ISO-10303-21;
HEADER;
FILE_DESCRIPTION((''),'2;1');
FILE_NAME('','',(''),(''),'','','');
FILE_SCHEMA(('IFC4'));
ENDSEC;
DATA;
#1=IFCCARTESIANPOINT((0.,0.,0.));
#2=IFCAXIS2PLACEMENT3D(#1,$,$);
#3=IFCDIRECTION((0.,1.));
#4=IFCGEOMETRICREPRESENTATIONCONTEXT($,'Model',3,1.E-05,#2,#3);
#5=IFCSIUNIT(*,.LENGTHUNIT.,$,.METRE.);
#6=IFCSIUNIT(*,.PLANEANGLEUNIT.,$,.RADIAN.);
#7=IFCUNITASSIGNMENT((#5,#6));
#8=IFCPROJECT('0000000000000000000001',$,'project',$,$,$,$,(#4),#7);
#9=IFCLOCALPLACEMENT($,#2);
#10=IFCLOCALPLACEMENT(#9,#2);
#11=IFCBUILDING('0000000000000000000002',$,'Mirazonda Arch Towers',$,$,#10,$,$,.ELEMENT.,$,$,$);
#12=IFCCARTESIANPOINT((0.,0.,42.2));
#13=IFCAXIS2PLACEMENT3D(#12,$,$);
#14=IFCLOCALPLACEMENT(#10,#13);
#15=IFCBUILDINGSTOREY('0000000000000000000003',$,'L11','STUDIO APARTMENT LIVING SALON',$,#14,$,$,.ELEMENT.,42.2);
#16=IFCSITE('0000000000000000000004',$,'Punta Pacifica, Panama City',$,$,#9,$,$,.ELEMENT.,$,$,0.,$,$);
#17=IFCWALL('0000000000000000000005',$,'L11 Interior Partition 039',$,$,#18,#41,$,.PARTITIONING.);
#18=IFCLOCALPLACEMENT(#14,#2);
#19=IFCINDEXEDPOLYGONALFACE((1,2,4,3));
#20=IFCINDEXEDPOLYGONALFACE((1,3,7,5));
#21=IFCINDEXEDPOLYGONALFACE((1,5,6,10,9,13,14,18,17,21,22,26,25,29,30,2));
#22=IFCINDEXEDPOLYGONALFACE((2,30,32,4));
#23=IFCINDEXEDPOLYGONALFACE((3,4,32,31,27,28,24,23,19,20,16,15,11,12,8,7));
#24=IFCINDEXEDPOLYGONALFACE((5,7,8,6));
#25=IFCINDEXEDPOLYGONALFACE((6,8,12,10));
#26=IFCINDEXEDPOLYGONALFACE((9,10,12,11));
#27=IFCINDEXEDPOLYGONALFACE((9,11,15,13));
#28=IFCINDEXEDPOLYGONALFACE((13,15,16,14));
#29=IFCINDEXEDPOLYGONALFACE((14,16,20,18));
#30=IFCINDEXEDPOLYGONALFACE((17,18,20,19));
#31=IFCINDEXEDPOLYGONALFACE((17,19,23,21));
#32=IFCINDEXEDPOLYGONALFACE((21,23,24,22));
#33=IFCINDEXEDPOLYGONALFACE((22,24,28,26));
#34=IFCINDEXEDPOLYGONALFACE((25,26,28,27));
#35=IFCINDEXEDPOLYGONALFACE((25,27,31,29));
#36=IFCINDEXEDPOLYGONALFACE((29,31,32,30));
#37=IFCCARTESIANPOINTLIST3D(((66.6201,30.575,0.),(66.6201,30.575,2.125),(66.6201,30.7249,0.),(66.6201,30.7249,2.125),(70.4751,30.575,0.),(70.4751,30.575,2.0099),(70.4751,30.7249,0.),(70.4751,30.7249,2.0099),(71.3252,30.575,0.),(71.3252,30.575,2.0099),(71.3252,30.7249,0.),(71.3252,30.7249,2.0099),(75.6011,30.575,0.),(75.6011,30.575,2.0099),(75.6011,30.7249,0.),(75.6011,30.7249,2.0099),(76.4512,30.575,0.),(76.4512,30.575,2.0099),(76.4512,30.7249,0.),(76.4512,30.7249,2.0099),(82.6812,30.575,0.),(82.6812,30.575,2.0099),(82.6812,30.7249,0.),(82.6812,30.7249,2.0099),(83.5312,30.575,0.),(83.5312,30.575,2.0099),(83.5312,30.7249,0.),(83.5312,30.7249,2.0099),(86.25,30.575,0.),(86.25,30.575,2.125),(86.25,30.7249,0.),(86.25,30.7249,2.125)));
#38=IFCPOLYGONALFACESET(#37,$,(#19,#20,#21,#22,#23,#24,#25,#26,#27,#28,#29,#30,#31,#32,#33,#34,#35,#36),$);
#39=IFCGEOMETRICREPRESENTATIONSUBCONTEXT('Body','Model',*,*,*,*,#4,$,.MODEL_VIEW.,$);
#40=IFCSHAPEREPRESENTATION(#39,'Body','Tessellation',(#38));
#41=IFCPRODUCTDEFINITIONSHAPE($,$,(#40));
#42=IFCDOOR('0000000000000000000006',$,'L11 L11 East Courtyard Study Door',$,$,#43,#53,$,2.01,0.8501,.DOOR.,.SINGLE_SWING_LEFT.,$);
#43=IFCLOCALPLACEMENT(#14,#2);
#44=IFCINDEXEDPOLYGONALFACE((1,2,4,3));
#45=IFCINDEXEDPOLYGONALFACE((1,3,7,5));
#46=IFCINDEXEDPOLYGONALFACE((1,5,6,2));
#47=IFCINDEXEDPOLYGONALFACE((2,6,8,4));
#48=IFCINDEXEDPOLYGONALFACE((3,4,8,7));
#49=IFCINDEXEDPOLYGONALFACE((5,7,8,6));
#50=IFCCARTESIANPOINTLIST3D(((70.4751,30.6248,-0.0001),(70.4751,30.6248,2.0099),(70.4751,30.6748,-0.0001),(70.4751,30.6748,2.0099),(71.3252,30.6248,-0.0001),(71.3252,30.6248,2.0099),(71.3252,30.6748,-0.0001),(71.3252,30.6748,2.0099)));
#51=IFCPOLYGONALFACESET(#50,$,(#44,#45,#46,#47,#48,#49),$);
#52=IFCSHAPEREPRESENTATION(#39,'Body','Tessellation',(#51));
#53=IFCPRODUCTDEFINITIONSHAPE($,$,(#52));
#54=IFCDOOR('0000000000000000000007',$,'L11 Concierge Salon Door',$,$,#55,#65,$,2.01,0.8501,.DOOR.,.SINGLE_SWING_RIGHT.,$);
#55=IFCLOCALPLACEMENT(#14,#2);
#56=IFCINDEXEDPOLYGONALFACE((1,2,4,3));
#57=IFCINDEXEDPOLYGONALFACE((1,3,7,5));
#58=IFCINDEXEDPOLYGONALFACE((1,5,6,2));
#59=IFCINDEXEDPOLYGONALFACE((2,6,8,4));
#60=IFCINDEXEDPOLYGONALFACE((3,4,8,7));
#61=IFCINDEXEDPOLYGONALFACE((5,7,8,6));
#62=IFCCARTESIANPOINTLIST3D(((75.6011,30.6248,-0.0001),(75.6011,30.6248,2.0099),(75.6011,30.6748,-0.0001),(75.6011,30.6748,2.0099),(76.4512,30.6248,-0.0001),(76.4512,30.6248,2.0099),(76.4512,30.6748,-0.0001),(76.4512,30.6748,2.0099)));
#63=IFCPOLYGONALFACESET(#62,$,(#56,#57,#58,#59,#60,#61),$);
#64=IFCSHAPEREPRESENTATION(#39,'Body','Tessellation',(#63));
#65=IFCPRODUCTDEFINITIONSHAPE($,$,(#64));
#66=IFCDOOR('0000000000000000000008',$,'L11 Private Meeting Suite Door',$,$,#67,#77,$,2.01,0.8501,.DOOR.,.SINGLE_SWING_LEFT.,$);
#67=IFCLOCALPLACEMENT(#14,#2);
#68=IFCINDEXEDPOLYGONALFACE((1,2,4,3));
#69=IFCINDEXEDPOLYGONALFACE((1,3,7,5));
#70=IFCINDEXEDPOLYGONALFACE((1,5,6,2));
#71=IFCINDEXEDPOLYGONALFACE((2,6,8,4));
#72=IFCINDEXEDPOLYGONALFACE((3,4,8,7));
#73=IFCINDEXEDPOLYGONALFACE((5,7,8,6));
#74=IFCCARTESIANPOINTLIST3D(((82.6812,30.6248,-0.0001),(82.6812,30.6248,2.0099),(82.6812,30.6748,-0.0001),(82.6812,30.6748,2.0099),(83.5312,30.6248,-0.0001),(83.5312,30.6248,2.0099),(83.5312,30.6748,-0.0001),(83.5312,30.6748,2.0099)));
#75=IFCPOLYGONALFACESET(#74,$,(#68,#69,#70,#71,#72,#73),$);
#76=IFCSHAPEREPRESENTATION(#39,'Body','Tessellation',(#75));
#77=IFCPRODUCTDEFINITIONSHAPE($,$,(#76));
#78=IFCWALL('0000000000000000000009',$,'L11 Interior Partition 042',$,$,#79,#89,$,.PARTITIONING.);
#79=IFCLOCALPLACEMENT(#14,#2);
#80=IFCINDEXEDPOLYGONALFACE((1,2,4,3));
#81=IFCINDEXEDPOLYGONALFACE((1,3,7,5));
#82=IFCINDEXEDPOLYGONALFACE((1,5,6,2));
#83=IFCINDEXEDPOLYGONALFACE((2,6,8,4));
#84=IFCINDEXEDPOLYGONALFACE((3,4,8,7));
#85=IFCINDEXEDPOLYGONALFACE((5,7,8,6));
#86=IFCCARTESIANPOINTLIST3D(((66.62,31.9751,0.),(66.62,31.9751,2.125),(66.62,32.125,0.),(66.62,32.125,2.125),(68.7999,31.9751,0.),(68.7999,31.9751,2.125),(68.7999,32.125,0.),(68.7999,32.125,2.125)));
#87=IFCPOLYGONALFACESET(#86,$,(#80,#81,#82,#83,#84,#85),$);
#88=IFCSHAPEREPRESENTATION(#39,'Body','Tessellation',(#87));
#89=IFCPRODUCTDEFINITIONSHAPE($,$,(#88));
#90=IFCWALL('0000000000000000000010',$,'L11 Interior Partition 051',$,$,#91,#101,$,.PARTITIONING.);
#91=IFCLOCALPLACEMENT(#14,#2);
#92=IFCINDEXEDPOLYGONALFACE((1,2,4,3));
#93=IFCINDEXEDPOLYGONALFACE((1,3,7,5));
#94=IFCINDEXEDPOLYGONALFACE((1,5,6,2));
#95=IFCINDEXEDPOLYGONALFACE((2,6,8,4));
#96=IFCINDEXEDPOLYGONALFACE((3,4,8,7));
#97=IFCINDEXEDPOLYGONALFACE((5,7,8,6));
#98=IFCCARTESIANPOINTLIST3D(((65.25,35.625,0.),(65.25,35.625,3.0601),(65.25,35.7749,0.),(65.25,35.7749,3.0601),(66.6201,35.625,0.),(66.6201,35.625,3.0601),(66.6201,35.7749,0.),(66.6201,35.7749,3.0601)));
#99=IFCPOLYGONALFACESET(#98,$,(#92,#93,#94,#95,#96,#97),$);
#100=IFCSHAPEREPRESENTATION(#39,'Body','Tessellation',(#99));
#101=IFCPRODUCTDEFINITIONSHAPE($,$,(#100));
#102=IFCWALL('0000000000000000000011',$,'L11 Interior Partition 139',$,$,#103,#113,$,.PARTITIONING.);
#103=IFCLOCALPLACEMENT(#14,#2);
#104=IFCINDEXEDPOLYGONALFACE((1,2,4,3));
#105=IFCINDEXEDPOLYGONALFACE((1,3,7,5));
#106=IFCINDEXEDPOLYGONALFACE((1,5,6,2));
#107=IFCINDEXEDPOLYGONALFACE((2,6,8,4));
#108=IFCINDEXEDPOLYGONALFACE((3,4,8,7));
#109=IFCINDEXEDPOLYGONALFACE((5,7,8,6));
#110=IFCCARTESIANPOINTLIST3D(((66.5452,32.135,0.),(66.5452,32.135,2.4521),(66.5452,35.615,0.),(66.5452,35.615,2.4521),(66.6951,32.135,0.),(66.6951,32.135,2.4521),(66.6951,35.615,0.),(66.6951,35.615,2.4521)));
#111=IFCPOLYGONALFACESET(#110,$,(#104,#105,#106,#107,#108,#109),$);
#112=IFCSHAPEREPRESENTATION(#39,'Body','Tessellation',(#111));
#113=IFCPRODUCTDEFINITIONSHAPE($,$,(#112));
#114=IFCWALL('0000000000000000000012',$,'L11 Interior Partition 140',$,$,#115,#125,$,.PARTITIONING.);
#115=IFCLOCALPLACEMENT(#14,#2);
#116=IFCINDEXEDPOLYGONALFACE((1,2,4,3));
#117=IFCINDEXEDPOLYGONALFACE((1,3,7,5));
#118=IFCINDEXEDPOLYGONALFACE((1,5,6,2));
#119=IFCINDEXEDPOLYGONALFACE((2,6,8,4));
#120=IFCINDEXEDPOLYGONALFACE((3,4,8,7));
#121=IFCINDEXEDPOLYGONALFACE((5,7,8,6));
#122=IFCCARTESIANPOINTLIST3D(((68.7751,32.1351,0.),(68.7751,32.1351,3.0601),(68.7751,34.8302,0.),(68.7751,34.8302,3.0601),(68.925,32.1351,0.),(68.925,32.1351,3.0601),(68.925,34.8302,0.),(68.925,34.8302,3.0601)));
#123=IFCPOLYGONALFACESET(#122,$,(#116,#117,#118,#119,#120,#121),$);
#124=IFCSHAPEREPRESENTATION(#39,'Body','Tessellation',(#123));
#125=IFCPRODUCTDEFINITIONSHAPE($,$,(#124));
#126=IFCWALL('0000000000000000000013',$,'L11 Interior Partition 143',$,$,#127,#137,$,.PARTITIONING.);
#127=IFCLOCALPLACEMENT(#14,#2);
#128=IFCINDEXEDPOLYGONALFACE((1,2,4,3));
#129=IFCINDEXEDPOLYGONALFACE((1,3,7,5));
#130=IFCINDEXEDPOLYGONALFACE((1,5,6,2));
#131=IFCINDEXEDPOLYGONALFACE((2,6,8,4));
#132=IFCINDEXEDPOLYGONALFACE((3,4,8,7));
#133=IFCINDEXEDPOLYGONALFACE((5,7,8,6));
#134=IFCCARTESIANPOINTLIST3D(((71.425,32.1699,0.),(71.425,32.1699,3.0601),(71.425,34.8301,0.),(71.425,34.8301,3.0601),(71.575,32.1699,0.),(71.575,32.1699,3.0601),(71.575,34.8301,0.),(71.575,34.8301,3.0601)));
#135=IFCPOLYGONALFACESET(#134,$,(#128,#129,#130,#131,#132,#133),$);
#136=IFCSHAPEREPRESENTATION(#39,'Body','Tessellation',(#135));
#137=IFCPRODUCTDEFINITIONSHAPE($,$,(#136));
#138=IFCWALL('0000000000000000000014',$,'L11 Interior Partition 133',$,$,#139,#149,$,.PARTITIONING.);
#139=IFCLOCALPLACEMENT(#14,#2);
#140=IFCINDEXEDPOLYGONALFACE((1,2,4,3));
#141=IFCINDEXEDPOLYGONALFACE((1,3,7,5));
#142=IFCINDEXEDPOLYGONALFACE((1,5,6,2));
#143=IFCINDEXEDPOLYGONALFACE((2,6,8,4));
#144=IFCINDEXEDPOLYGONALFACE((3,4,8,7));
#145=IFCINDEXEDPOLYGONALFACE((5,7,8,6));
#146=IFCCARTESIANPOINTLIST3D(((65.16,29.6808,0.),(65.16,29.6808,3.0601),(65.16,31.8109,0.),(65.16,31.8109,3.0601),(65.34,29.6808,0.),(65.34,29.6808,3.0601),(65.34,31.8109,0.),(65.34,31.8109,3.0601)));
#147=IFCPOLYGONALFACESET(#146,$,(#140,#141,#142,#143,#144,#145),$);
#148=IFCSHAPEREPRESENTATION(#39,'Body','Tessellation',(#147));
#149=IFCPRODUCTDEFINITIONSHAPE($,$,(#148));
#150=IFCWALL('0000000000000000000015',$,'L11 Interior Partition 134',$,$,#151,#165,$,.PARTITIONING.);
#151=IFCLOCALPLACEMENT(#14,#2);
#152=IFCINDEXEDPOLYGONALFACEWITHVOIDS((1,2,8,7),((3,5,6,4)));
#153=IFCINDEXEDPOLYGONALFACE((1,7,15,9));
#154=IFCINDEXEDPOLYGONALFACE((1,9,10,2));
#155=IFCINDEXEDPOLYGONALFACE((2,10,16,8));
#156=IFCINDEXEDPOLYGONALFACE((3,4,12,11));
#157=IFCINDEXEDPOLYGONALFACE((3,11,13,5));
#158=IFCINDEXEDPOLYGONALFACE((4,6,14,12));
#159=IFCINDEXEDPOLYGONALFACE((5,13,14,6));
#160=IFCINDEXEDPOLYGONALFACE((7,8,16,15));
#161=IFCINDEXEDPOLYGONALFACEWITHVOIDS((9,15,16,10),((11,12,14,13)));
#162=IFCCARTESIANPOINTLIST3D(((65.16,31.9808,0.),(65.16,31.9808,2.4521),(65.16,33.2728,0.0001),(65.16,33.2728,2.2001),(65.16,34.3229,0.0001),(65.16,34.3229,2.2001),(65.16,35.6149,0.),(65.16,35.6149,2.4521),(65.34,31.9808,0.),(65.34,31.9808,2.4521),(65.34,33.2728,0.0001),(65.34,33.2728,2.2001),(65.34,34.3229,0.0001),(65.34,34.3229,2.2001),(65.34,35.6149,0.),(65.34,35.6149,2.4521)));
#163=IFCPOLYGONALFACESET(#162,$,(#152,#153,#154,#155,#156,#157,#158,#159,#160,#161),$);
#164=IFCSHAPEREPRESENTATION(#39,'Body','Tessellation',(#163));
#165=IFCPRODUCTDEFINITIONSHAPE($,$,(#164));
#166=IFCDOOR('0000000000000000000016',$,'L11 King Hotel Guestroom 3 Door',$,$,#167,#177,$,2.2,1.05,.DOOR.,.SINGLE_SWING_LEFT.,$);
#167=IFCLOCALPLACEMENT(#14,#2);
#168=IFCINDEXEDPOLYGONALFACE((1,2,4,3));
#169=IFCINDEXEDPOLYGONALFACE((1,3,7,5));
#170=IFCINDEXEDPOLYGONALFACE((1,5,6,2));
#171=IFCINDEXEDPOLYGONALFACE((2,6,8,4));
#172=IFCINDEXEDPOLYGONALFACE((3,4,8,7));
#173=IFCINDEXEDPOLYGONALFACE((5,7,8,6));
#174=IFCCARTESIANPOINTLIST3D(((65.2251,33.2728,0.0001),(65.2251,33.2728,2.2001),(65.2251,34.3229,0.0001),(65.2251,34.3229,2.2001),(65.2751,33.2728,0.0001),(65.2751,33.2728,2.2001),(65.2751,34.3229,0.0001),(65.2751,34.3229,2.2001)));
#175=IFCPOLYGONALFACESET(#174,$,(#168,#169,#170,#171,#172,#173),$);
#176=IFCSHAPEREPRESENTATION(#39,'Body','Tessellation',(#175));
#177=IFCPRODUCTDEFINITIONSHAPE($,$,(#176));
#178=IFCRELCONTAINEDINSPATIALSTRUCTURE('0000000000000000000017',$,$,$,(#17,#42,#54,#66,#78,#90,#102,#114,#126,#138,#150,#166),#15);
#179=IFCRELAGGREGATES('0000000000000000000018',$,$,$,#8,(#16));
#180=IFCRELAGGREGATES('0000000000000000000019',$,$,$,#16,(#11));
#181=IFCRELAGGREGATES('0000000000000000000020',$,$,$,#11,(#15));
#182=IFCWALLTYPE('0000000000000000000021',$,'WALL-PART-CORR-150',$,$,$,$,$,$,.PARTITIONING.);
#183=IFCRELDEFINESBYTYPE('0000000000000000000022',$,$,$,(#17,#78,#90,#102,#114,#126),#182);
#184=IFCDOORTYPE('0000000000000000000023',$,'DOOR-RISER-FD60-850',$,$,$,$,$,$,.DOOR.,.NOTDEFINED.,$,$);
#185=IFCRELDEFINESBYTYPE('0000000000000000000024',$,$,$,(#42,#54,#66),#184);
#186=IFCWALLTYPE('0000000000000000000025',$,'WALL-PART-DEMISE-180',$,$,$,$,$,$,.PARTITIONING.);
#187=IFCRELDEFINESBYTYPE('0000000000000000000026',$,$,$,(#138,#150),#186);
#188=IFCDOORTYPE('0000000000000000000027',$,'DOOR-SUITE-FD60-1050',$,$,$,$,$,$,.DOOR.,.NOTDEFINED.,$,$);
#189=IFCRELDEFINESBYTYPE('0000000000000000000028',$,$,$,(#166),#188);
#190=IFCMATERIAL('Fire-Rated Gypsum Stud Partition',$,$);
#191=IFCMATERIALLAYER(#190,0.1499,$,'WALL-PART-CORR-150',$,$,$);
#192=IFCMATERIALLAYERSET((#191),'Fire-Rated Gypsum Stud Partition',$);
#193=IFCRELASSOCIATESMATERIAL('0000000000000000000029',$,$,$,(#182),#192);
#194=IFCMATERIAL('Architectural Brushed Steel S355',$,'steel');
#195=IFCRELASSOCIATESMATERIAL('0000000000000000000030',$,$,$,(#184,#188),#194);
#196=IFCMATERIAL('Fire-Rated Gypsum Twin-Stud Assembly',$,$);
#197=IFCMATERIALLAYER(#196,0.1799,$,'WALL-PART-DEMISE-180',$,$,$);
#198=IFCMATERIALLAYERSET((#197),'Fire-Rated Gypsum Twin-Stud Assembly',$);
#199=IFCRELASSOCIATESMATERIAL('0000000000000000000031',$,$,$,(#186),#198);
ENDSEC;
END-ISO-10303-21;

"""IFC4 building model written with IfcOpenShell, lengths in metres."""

from ifc_helpers import new_model, si_unit, direction, frame, frame_2d, origin, place, context, subcontext, project, spatial, rectangle, extrude, material, layer, layer_set, type_object, element, fill, save


model = new_model("IFC4")

# Units and contexts
model_context = context("Model", 3, precision=1e-05, world=origin(), true_north=direction((0.0, 1.0)))
body_context = subcontext(model_context, "Body", "Model", "MODEL_VIEW")
ifc_project = project(units=[si_unit("LENGTHUNIT", "METRE"), si_unit("PLANEANGLEUNIT", "RADIAN")], contexts=[model_context])

# Site, building, storey
site_placement = place(None, origin())
site = spatial("IfcSite", under=ifc_project, at=site_placement, Name="Punta Pacifica, Panama City", CompositionType="ELEMENT", RefElevation=0.0)
building_placement = place(site_placement, origin())
building = spatial("IfcBuilding", under=site, at=building_placement, Name="Mirazonda Arch Towers", CompositionType="ELEMENT")
storey_placement = place(building_placement, frame((0.0, 0.0, 42.2)))
storey = spatial("IfcBuildingStorey", under=building, at=storey_placement, Name="L11", Description="STUDIO APARTMENT LIVING SALON", CompositionType="ELEMENT", Elevation=42.2)

# Wall, openings, doors
ifc_material_1 = material(Name="Architectural Brushed Steel S355", Category="steel")
ifc_material_2 = material(Name="Fire-Rated Gypsum Stud Partition")
ifc_layer_1 = layer(ifc_material_2, 0.1499, Name="WALL-PART-CORR-150")
ifc_layer_set_1 = layer_set([ifc_layer_1], Name="Fire-Rated Gypsum Stud Partition")
wall_type_1 = type_object("IfcWallType", Name="WALL-PART-CORR-150", PredefinedType="PARTITIONING", material=ifc_layer_set_1)
wall_1_placement = place(storey_placement, frame((66.6201, 30.6499, 0.0), z_axis=(0.0, 0.0, 1.0), x_axis=(1.0, 0.0, 0.0)))
wall_1 = element("IfcWall", 1, at=wall_1_placement, inside=storey, type_object=wall_type_1, Name="L11 Interior Partition 039", PredefinedType="PARTITIONING", context=body_context, shape_type="SweptSolid", body=[
    extrude(rectangle(XDim=19.6299, YDim=0.1499, at=frame_2d((9.8149, 0.0))), origin(), (0.0, 0.0, 1.0), 2.125),
])
opening_1_placement = place(wall_1_placement, frame((3.855, 0.0, 0.0)))
opening_1 = element("IfcOpeningElement", 2, at=opening_1_placement, cuts=wall_1, PredefinedType="OPENING", context=body_context, shape_type="SweptSolid", body=[
    extrude(rectangle(XDim=0.8501, YDim=2.01, at=frame_2d((0.425, 1.0049))), frame((0.0, 0.085, 0.0), z_axis=(0.0, -1.0, 0.0), x_axis=(1.0, 0.0, 0.0)), (0.0, 0.0, 1.0), 0.1699),
])
opening_2_placement = place(wall_1_placement, frame((8.981, 0.0, 0.0)))
opening_2 = element("IfcOpeningElement", 3, at=opening_2_placement, cuts=wall_1, PredefinedType="OPENING", context=body_context, shape_type="SweptSolid", body=[
    extrude(rectangle(XDim=0.8501, YDim=2.01, at=frame_2d((0.425, 1.0049))), frame((0.0, 0.085, 0.0), z_axis=(0.0, -1.0, 0.0), x_axis=(1.0, 0.0, 0.0)), (0.0, 0.0, 1.0), 0.1699),
])
opening_3_placement = place(wall_1_placement, frame((16.061, 0.0, 0.0)))
opening_3 = element("IfcOpeningElement", 4, at=opening_3_placement, cuts=wall_1, PredefinedType="OPENING", context=body_context, shape_type="SweptSolid", body=[
    extrude(rectangle(XDim=0.8501, YDim=2.01, at=frame_2d((0.425, 1.0049))), frame((0.0, 0.085, 0.0), z_axis=(0.0, -1.0, 0.0), x_axis=(1.0, 0.0, 0.0)), (0.0, 0.0, 1.0), 0.1699),
])
door_type_1 = type_object("IfcDoorType", Name="DOOR-RISER-FD60-850", OperationType="NOTDEFINED", PredefinedType="DOOR", material=ifc_material_1)
door_1_placement = place(opening_1_placement, origin())
door_1 = element("IfcDoor", 5, at=door_1_placement, inside=storey, type_object=door_type_1, Name="L11 L11 East Courtyard Study Door", OperationType="SINGLE_SWING_LEFT", OverallHeight=2.01, OverallWidth=0.8501, PredefinedType="DOOR", context=body_context, shape_type="SweptSolid", body=[
    extrude(rectangle(XDim=0.8501, YDim=2.01, at=frame_2d((0.425, 1.0049))), frame((0.0, 0.0249, 0.0), z_axis=(0.0, -1.0, 0.0), x_axis=(1.0, 0.0, 0.0)), (0.0, 0.0, 1.0), 0.05),
])
fill(opening_1, door_1)
door_2_placement = place(opening_2_placement, origin())
door_2 = element("IfcDoor", 6, at=door_2_placement, inside=storey, type_object=door_type_1, Name="L11 Concierge Salon Door", OperationType="SINGLE_SWING_RIGHT", OverallHeight=2.01, OverallWidth=0.8501, PredefinedType="DOOR", context=body_context, shape_type="SweptSolid", body=[
    extrude(rectangle(XDim=0.8501, YDim=2.01, at=frame_2d((0.425, 1.0049))), frame((0.0, 0.0249, 0.0), z_axis=(0.0, -1.0, 0.0), x_axis=(1.0, 0.0, 0.0)), (0.0, 0.0, 1.0), 0.05),
])
fill(opening_2, door_2)
door_3_placement = place(opening_3_placement, origin())
door_3 = element("IfcDoor", 7, at=door_3_placement, inside=storey, type_object=door_type_1, Name="L11 Private Meeting Suite Door", OperationType="SINGLE_SWING_LEFT", OverallHeight=2.01, OverallWidth=0.8501, PredefinedType="DOOR", context=body_context, shape_type="SweptSolid", body=[
    extrude(rectangle(XDim=0.8501, YDim=2.01, at=frame_2d((0.425, 1.0049))), frame((0.0, 0.0249, 0.0), z_axis=(0.0, -1.0, 0.0), x_axis=(1.0, 0.0, 0.0)), (0.0, 0.0, 1.0), 0.05),
])
fill(opening_3, door_3)

# Walls
wall_2_placement = place(storey_placement, frame((66.6201, 32.05, 0.0), z_axis=(0.0, 0.0, 1.0), x_axis=(1.0, 0.0, 0.0)))
element("IfcWall", 8, at=wall_2_placement, inside=storey, type_object=wall_type_1, Name="L11 Interior Partition 042", PredefinedType="PARTITIONING", context=body_context, shape_type="SweptSolid", body=[
    extrude(rectangle(XDim=2.1799, YDim=0.1499, at=frame_2d((1.0898, 0.0))), origin(), (0.0, 0.0, 1.0), 2.125),
])
wall_3_placement = place(storey_placement, frame((65.25, 35.7, 0.0), z_axis=(0.0, 0.0, 1.0), x_axis=(1.0, 0.0, 0.0)))
element("IfcWall", 9, at=wall_3_placement, inside=storey, type_object=wall_type_1, Name="L11 Interior Partition 051", PredefinedType="PARTITIONING", context=body_context, shape_type="SweptSolid", body=[
    extrude(rectangle(XDim=1.3701, YDim=0.1499, at=frame_2d((0.6851, 0.0))), origin(), (0.0, 0.0, 1.0), 3.0601),
])
wall_4_placement = place(storey_placement, frame((66.6201, 32.135, 0.0), z_axis=(0.0, 0.0, 1.0), x_axis=(0.0, 1.0, 0.0)))
element("IfcWall", 10, at=wall_4_placement, inside=storey, type_object=wall_type_1, Name="L11 Interior Partition 139", PredefinedType="PARTITIONING", context=body_context, shape_type="SweptSolid", body=[
    extrude(rectangle(XDim=3.48, YDim=0.1499, at=frame_2d((1.74, 0.0))), origin(), (0.0, 0.0, 1.0), 2.4521),
])
wall_5_placement = place(storey_placement, frame((68.8501, 32.135, 0.0), z_axis=(0.0, 0.0, 1.0), x_axis=(0.0, 1.0, 0.0)))
element("IfcWall", 11, at=wall_5_placement, inside=storey, type_object=wall_type_1, Name="L11 Interior Partition 140", PredefinedType="PARTITIONING", context=body_context, shape_type="SweptSolid", body=[
    extrude(rectangle(XDim=2.6951, YDim=0.1499, at=frame_2d((1.3477, 0.0))), origin(), (0.0, 0.0, 1.0), 3.0601),
])
wall_6_placement = place(storey_placement, frame((71.5, 32.1699, 0.0), z_axis=(0.0, 0.0, 1.0), x_axis=(0.0, 1.0, 0.0)))
element("IfcWall", 12, at=wall_6_placement, inside=storey, type_object=wall_type_1, Name="L11 Interior Partition 143", PredefinedType="PARTITIONING", context=body_context, shape_type="SweptSolid", body=[
    extrude(rectangle(XDim=2.6602, YDim=0.1499, at=frame_2d((1.3301, 0.0))), origin(), (0.0, 0.0, 1.0), 3.0601),
])
ifc_material_3 = material(Name="Fire-Rated Gypsum Twin-Stud Assembly")
ifc_layer_2 = layer(ifc_material_3, 0.1799, Name="WALL-PART-DEMISE-180")
ifc_layer_set_2 = layer_set([ifc_layer_2], Name="Fire-Rated Gypsum Twin-Stud Assembly")
wall_type_2 = type_object("IfcWallType", Name="WALL-PART-DEMISE-180", PredefinedType="PARTITIONING", material=ifc_layer_set_2)
wall_7_placement = place(storey_placement, frame((65.25, 29.6809, 0.0), z_axis=(0.0, 0.0, 1.0), x_axis=(0.0, 1.0, 0.0)))
element("IfcWall", 13, at=wall_7_placement, inside=storey, type_object=wall_type_2, Name="L11 Interior Partition 133", PredefinedType="PARTITIONING", context=body_context, shape_type="SweptSolid", body=[
    extrude(rectangle(XDim=2.1301, YDim=0.1799, at=frame_2d((1.0649, 0.0))), origin(), (0.0, 0.0, 1.0), 3.0601),
])

# Wall, opening, door
wall_8_placement = place(storey_placement, frame((65.25, 31.981, 0.0), z_axis=(0.0, 0.0, 1.0), x_axis=(0.0, 1.0, 0.0)))
wall_8 = element("IfcWall", 14, at=wall_8_placement, inside=storey, type_object=wall_type_2, Name="L11 Interior Partition 134", PredefinedType="PARTITIONING", context=body_context, shape_type="SweptSolid", body=[
    extrude(rectangle(XDim=3.634, YDim=0.1799, at=frame_2d((1.8169, 0.0))), origin(), (0.0, 0.0, 1.0), 2.4521),
])
opening_4_placement = place(wall_8_placement, frame((1.292, 0.0, 0.0)))
opening_4 = element("IfcOpeningElement", 15, at=opening_4_placement, cuts=wall_8, PredefinedType="OPENING", context=body_context, shape_type="SweptSolid", body=[
    extrude(rectangle(XDim=1.05, YDim=2.2, at=frame_2d((0.5249, 1.1001))), frame((0.0, 0.0999, 0.0), z_axis=(0.0, -1.0, 0.0), x_axis=(1.0, 0.0, 0.0)), (0.0, 0.0, 1.0), 0.2),
])
door_type_2 = type_object("IfcDoorType", Name="DOOR-SUITE-FD60-1050", OperationType="NOTDEFINED", PredefinedType="DOOR", material=ifc_material_1)
door_4_placement = place(opening_4_placement, origin())
door_4 = element("IfcDoor", 16, at=door_4_placement, inside=storey, type_object=door_type_2, Name="L11 King Hotel Guestroom 3 Door", OperationType="SINGLE_SWING_LEFT", OverallHeight=2.2, OverallWidth=1.05, PredefinedType="DOOR", context=body_context, shape_type="SweptSolid", body=[
    extrude(rectangle(XDim=1.05, YDim=2.2, at=frame_2d((0.5249, 1.1001))), frame((0.0, 0.0249, 0.0), z_axis=(0.0, -1.0, 0.0), x_axis=(1.0, 0.0, 0.0)), (0.0, 0.0, 1.0), 0.05),
])
fill(opening_4, door_4)

save(model, "model.ifc")
